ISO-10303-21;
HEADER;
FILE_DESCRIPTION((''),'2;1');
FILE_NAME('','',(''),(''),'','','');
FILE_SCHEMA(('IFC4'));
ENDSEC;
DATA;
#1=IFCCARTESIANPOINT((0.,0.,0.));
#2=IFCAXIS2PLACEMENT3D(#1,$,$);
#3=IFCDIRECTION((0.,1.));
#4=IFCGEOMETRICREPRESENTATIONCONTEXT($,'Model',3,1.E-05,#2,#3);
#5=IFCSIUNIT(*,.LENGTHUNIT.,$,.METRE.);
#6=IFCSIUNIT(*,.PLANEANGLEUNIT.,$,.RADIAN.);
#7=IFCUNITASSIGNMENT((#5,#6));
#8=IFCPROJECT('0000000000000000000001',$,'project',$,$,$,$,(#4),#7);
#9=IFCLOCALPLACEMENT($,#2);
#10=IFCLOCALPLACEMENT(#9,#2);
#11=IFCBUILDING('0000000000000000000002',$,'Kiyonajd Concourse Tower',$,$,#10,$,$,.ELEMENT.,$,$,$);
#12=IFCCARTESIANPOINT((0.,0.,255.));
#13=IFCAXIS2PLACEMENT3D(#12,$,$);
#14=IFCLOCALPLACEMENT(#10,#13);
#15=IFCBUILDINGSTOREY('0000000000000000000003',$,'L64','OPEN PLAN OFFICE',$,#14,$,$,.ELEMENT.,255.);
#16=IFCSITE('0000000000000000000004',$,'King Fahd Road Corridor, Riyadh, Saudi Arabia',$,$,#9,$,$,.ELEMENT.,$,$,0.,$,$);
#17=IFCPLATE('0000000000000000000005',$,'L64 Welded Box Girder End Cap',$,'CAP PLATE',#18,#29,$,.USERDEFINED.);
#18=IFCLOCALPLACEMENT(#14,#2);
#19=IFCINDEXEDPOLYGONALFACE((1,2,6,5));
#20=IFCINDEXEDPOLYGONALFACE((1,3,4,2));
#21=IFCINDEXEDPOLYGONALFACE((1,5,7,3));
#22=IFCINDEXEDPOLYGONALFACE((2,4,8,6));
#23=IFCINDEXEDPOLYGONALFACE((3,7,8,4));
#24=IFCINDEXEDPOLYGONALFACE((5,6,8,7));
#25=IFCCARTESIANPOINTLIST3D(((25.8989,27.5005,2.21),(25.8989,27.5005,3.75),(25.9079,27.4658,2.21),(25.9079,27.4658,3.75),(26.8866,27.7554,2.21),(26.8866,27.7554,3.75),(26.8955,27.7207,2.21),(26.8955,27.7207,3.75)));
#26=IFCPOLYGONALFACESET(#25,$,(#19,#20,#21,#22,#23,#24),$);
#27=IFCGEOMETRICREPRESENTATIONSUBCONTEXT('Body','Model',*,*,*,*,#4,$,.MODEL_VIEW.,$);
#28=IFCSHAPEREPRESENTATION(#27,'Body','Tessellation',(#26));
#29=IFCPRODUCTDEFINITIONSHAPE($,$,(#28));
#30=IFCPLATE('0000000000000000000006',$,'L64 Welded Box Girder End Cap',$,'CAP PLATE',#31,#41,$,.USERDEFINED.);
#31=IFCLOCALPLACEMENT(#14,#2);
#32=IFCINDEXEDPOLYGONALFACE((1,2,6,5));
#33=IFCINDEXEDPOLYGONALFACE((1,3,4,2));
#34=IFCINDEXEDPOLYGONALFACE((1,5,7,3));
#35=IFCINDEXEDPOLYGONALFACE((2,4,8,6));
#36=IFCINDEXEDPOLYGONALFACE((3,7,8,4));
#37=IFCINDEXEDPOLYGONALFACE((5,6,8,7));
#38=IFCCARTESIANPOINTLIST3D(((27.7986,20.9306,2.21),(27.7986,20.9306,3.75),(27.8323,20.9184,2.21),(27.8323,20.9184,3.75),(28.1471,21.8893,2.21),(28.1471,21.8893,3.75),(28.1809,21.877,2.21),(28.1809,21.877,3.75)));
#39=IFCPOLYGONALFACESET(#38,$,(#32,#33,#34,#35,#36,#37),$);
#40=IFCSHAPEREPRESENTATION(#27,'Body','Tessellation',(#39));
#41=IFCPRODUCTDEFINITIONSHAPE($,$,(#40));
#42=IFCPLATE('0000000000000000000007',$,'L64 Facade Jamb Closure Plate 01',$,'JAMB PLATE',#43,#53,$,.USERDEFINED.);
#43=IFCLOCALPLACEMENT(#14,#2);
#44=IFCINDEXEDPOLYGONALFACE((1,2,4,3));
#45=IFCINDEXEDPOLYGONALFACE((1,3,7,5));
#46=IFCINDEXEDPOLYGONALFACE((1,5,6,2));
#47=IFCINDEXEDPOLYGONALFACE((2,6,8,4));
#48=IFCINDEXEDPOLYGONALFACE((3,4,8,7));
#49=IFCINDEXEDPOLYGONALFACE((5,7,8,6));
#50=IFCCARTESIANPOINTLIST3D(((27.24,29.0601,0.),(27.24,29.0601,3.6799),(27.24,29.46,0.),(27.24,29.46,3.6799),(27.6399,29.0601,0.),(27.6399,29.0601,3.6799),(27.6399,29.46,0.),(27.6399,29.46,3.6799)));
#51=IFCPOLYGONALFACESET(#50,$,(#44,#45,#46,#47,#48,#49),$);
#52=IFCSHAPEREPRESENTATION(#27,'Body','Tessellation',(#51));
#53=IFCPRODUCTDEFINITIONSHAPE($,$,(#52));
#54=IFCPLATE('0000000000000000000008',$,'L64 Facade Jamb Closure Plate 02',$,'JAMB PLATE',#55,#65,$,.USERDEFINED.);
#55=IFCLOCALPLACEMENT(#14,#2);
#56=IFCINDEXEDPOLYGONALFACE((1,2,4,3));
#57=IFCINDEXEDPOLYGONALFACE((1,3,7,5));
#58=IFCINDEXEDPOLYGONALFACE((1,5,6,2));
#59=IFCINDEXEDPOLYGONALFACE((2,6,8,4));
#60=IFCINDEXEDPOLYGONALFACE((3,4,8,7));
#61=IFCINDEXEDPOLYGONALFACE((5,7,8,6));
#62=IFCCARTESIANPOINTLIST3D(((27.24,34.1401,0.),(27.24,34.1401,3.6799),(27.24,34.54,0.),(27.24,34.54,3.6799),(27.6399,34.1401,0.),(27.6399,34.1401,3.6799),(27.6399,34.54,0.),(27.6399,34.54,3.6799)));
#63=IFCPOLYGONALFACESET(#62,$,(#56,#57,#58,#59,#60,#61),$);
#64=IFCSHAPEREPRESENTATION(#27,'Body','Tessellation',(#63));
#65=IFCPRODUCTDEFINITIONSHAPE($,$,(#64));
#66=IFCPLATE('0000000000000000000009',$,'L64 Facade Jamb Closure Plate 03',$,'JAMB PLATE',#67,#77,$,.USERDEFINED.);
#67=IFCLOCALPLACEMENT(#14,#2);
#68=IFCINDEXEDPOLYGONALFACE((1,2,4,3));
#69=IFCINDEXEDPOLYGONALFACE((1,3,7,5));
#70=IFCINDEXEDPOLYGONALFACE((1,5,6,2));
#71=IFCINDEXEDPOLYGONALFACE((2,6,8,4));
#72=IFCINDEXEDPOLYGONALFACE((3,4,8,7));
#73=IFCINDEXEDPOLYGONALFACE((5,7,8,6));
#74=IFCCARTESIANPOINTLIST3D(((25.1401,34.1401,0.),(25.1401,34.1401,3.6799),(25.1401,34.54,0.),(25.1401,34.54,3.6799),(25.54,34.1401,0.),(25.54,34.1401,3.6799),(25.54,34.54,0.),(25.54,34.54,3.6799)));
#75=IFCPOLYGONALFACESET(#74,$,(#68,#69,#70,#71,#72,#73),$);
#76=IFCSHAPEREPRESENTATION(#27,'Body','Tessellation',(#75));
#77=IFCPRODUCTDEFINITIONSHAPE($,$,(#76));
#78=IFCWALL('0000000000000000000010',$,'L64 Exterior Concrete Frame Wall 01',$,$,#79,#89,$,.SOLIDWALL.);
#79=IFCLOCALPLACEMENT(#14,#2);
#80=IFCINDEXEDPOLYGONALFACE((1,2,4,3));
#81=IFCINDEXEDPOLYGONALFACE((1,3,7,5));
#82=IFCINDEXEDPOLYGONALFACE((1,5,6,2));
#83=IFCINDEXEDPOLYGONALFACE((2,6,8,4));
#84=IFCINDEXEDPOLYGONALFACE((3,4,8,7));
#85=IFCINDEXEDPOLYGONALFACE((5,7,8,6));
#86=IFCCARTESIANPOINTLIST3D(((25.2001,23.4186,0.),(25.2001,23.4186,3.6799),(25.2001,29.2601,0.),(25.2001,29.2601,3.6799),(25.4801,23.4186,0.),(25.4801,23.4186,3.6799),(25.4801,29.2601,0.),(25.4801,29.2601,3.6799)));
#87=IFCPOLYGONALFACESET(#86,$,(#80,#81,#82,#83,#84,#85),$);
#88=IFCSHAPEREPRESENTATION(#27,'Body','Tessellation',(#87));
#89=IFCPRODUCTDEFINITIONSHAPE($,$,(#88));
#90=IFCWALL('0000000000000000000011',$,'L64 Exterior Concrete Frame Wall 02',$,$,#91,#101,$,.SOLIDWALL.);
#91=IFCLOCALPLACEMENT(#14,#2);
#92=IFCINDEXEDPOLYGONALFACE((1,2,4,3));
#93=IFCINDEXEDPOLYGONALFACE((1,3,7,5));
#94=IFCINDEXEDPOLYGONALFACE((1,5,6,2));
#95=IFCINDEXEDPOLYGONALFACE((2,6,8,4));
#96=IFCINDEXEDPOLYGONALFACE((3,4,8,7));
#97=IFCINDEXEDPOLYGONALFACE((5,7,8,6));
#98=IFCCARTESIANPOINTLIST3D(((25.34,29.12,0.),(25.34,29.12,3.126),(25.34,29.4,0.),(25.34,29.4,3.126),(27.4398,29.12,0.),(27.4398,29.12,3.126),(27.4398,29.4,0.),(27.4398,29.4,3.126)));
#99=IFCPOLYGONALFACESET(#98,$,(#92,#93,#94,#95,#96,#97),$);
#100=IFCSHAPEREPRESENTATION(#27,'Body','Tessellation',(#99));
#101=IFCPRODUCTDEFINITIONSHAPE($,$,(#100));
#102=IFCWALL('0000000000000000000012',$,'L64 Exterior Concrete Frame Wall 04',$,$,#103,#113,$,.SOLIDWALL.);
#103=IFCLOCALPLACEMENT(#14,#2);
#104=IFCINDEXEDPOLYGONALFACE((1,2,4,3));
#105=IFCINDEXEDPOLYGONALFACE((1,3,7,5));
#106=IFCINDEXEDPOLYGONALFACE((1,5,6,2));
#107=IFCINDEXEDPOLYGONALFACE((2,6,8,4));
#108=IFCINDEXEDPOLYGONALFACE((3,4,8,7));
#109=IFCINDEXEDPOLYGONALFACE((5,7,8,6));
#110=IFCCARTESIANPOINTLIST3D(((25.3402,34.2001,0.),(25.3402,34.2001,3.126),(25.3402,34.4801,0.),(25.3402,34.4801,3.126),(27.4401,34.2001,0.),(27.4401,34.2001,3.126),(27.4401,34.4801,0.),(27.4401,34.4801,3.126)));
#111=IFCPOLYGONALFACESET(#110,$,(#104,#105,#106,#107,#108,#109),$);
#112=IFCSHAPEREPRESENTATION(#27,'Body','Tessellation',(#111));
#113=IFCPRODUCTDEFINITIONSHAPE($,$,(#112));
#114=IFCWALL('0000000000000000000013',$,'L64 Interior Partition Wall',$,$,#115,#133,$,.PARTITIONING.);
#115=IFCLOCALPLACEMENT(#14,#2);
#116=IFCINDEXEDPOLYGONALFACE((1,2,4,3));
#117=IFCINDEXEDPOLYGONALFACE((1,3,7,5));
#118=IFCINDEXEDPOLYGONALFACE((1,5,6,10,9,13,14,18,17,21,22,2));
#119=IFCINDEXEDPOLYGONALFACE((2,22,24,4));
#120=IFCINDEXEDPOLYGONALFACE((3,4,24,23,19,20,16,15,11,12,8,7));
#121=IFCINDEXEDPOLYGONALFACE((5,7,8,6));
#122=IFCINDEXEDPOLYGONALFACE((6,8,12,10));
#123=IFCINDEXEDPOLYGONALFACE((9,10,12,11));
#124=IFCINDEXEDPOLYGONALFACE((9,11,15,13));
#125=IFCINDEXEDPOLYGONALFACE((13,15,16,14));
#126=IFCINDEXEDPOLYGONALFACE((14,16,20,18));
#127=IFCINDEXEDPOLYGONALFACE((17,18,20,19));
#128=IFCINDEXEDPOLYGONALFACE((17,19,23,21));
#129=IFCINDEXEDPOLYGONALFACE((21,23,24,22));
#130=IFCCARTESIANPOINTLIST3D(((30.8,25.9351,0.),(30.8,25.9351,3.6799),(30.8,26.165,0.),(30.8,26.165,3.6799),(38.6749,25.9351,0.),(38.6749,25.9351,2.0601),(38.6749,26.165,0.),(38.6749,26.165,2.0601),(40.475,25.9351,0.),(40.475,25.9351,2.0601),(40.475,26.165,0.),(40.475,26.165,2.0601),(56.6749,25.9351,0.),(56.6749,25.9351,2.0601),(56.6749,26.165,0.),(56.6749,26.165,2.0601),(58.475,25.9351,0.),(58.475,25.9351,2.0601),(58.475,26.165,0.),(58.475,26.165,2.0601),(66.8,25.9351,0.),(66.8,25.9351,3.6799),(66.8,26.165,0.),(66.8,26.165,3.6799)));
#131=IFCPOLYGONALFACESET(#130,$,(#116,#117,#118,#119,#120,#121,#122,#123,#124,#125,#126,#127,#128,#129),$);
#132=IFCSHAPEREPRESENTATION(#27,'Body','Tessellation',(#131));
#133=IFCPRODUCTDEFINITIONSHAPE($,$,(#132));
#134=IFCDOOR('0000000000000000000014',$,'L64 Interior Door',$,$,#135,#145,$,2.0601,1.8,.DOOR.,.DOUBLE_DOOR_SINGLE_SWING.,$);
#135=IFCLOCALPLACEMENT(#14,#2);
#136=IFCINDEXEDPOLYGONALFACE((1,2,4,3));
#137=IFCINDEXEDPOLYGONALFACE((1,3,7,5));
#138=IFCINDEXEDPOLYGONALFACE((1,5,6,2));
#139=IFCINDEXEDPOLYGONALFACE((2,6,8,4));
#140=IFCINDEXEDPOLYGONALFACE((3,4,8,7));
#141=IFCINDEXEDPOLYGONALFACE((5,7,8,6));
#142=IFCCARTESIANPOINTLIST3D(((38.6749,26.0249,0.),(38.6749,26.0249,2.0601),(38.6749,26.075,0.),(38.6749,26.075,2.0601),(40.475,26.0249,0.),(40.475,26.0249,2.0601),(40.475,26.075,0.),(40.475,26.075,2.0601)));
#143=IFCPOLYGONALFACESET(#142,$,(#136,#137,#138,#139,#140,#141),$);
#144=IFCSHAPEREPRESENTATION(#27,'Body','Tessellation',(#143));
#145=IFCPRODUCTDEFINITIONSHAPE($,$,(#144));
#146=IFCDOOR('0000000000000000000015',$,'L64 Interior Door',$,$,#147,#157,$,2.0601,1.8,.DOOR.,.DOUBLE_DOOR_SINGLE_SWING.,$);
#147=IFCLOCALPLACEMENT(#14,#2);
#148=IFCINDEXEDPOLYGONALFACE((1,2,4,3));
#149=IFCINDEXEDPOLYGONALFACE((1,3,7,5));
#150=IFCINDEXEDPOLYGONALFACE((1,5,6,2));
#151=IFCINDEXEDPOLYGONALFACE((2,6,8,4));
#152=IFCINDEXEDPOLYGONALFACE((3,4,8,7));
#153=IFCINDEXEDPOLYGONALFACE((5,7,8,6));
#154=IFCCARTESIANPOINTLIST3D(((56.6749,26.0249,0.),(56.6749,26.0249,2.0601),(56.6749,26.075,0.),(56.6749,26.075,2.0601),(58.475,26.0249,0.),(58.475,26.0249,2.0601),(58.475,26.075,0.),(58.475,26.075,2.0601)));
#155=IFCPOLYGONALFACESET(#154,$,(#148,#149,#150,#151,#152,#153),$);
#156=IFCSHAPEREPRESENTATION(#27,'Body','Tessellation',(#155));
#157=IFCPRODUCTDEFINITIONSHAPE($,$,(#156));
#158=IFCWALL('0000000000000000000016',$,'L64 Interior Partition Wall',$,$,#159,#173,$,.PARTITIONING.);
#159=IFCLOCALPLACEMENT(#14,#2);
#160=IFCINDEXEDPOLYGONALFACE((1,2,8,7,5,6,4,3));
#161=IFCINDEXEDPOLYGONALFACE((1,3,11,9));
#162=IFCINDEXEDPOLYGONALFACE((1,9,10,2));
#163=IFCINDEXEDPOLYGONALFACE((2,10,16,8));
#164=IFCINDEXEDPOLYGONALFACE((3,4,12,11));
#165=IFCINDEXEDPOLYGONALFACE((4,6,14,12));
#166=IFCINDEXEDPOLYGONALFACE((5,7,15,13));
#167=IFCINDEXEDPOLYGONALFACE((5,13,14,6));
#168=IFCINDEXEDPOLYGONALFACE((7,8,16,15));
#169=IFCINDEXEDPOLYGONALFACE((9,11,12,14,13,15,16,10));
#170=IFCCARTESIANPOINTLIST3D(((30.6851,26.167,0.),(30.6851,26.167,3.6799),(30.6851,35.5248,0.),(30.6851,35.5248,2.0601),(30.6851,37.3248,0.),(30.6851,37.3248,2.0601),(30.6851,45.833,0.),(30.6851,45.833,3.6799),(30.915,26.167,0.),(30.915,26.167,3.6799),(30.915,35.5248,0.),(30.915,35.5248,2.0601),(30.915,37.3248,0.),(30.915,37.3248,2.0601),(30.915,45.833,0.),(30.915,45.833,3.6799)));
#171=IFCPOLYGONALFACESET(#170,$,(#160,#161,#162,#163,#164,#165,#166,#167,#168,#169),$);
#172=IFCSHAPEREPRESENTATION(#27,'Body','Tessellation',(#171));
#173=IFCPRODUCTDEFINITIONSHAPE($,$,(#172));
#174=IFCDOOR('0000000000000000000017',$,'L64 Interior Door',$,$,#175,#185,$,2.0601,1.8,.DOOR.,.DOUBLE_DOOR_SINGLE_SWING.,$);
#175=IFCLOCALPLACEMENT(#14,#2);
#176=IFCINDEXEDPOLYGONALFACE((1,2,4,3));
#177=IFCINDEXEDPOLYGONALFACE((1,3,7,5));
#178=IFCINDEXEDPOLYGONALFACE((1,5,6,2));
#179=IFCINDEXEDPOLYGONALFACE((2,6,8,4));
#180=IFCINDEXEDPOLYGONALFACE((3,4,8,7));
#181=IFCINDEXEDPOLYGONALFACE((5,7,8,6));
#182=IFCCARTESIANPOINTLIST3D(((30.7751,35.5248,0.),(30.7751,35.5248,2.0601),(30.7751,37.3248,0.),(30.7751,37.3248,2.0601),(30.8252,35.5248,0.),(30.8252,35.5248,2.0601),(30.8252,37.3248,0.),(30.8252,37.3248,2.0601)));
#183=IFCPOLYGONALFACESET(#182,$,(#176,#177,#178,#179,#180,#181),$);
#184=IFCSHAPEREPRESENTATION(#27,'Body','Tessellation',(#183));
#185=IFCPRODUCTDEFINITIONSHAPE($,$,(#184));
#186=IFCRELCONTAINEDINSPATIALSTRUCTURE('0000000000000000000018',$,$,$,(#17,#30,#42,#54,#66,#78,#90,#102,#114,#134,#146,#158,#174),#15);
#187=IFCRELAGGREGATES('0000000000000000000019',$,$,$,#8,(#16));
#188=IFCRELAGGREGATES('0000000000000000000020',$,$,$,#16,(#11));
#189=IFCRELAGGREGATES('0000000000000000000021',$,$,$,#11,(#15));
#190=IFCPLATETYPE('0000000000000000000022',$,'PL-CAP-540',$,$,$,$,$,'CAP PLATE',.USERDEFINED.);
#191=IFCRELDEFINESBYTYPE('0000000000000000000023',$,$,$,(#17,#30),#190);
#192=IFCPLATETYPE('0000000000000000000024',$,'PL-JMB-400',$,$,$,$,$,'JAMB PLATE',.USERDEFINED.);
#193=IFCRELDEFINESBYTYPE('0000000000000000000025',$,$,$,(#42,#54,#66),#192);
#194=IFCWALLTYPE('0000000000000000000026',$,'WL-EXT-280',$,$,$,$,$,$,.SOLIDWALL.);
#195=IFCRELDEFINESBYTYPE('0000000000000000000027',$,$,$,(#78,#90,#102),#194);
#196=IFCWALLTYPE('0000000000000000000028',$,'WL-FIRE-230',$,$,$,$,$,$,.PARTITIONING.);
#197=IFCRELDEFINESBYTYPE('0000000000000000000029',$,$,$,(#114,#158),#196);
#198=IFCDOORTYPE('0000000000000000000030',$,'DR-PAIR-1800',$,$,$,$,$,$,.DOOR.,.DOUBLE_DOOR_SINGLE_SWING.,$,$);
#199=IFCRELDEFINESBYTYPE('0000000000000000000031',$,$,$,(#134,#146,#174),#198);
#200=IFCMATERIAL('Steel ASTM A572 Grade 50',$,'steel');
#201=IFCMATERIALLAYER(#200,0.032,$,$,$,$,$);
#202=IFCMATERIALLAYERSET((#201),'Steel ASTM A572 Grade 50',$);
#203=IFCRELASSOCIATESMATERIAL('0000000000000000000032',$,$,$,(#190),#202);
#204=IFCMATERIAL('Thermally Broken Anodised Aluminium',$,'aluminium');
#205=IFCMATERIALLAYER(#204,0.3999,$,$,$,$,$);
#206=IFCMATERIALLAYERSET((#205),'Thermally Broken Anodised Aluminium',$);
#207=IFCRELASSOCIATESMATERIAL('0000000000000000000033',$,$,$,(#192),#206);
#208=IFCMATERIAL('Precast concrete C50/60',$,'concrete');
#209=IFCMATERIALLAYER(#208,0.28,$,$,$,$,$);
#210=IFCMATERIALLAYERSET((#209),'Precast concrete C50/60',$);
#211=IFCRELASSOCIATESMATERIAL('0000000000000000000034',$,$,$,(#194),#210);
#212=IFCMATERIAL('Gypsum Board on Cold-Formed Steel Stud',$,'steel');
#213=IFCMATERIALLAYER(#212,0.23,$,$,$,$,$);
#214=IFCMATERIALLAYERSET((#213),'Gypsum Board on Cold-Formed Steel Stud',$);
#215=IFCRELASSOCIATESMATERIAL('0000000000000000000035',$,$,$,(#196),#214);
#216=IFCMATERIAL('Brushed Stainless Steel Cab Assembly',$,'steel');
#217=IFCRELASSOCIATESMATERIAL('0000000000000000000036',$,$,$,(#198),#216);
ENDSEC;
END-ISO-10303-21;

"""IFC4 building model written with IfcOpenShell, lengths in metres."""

from ifc_helpers import new_model, si_unit, direction, frame, frame_2d, origin, origin_2d, place, context, subcontext, project, spatial, rectangle, extrude, material, layer, layer_set, type_object, element, fill, save


model = new_model("IFC4")

# Units and contexts
model_context = context("Model", 3, precision=1e-05, world=origin(), true_north=direction((0.0, 1.0)))
body_context = subcontext(model_context, "Body", "Model", "MODEL_VIEW")
ifc_project = project(units=[si_unit("LENGTHUNIT", "METRE"), si_unit("PLANEANGLEUNIT", "RADIAN")], contexts=[model_context])

# Site, building, storey
site_placement = place(None, origin())
site = spatial("IfcSite", under=ifc_project, at=site_placement, Name="King Fahd Road Corridor, Riyadh, Saudi Arabia", CompositionType="ELEMENT", RefElevation=0.0)
building_placement = place(site_placement, origin())
building = spatial("IfcBuilding", under=site, at=building_placement, Name="Kiyonajd Concourse Tower", CompositionType="ELEMENT")
storey_placement = place(building_placement, frame((0.0, 0.0, 255.0)))
storey = spatial("IfcBuildingStorey", under=building, at=storey_placement, Name="L64", Description="OPEN PLAN OFFICE", CompositionType="ELEMENT", Elevation=255.0)

# Shared definitions
ifc_material_1 = material(Name="Steel ASTM A572 Grade 50", Category="steel")

# Shared definitions
ifc_material_2 = material(Name="Thermally Broken Anodised Aluminium", Category="aluminium")

# Plates
ifc_layer_1 = layer(ifc_material_1, 0.032)
ifc_layer_set_1 = layer_set([ifc_layer_1], Name="Steel ASTM A572 Grade 50")
plate_type_1 = type_object("IfcPlateType", Name="PL-CAP-540", ElementType="CAP PLATE", PredefinedType="USERDEFINED", material=ifc_layer_set_1)
for number, where, z_axis, x_axis, name in (
    (1, (26.3972, 27.6106, 2.21), (0.0, 0.0, 1.0), (-0.249873, 0.968279, 0.0), "L64 Welded Box Girder End Cap"),
    (2, (27.9897, 21.4038, 2.21), (0.0, 0.0, 1.0), (-0.939812, 0.341692, 0.0), "L64 Welded Box Girder End Cap"),
):
    element("IfcPlate", number, at=place(storey_placement, frame(where, z_axis=z_axis, x_axis=x_axis)), inside=storey, type_object=plate_type_1, Name=name, ObjectType="CAP PLATE", PredefinedType="USERDEFINED", context=body_context, shape_type="SweptSolid", body=[
        extrude(rectangle(XDim=0.0359, YDim=1.02, at=origin_2d()), origin(), (0.0, 0.0, 1.0), 1.54),
    ])
ifc_layer_2 = layer(ifc_material_2, 0.3999)
ifc_layer_set_2 = layer_set([ifc_layer_2], Name="Thermally Broken Anodised Aluminium")
plate_type_2 = type_object("IfcPlateType", Name="PL-JMB-400", ElementType="JAMB PLATE", PredefinedType="USERDEFINED", material=ifc_layer_set_2)
for number, where, z_axis, x_axis, name in (
    (3, (27.4399, 29.26, 0.0), (0.0, 0.0, 1.0), (1.0, 0.0, 0.0), "L64 Facade Jamb Closure Plate 01"),
    (4, (27.4399, 34.3401, 0.0), (0.0, 0.0, 1.0), (1.0, 0.0, 0.0), "L64 Facade Jamb Closure Plate 02"),
    (5, (25.3401, 34.3401, 0.0), (0.0, 0.0, 1.0), (1.0, 0.0, 0.0), "L64 Facade Jamb Closure Plate 03"),
):
    element("IfcPlate", number, at=place(storey_placement, frame(where, z_axis=z_axis, x_axis=x_axis)), inside=storey, type_object=plate_type_2, Name=name, ObjectType="JAMB PLATE", PredefinedType="USERDEFINED", context=body_context, shape_type="SweptSolid", body=[
        extrude(rectangle(XDim=0.3999, YDim=0.3999, at=origin_2d()), origin(), (0.0, 0.0, 1.0), 3.6799),
    ])

# Walls
ifc_material_3 = material(Name="Precast concrete C50/60", Category="concrete")
ifc_layer_3 = layer(ifc_material_3, 0.28)
ifc_layer_set_3 = layer_set([ifc_layer_3], Name="Precast concrete C50/60")
wall_type_1 = type_object("IfcWallType", Name="WL-EXT-280", PredefinedType="SOLIDWALL", material=ifc_layer_set_3)
wall_1_placement = place(storey_placement, frame((25.3401, 23.4185, 0.0), z_axis=(0.0, 0.0, 1.0), x_axis=(0.0, 1.0, 0.0)))
element("IfcWall", 6, at=wall_1_placement, inside=storey, type_object=wall_type_1, Name="L64 Exterior Concrete Frame Wall 01", PredefinedType="SOLIDWALL", context=body_context, shape_type="SweptSolid", body=[
    extrude(rectangle(XDim=5.8416, YDim=0.28, at=frame_2d((2.9209, 0.0))), origin(), (0.0, 0.0, 1.0), 3.6799),
])
for number, where, z_axis, x_axis, name in (
    (7, (25.3401, 29.26, 0.0), (0.0, 0.0, 1.0), (1.0, 0.0, 0.0), "L64 Exterior Concrete Frame Wall 02"),
    (8, (27.4399, 34.3401, 0.0), (0.0, 0.0, 1.0), (-1.0, 0.0, 0.0), "L64 Exterior Concrete Frame Wall 04"),
):
    element("IfcWall", number, at=place(storey_placement, frame(where, z_axis=z_axis, x_axis=x_axis)), inside=storey, type_object=wall_type_1, Name=name, PredefinedType="SOLIDWALL", context=body_context, shape_type="SweptSolid", body=[
        extrude(rectangle(XDim=2.0999, YDim=0.28, at=frame_2d((1.0498, 0.0))), origin(), (0.0, 0.0, 1.0), 3.126),
    ])

# Wall, openings, doors
ifc_material_4 = material(Name="Gypsum Board on Cold-Formed Steel Stud", Category="steel")
ifc_layer_4 = layer(ifc_material_4, 0.23)
ifc_layer_set_4 = layer_set([ifc_layer_4], Name="Gypsum Board on Cold-Formed Steel Stud")
wall_type_2 = type_object("IfcWallType", Name="WL-FIRE-230", PredefinedType="PARTITIONING", material=ifc_layer_set_4)
wall_2_placement = place(storey_placement, frame((30.8, 26.05, 0.0), z_axis=(0.0, 0.0, 1.0), x_axis=(1.0, 0.0, 0.0)))
wall_2 = element("IfcWall", 9, at=wall_2_placement, inside=storey, type_object=wall_type_2, Name="L64 Interior Partition Wall", PredefinedType="PARTITIONING", context=body_context, shape_type="SweptSolid", body=[
    extrude(rectangle(XDim=36.0, YDim=0.23, at=frame_2d((18.0, 0.0))), origin(), (0.0, 0.0, 1.0), 3.6799),
])
opening_1_placement = place(wall_2_placement, frame((7.875, 0.0, 0.0)))
opening_1 = element("IfcOpeningElement", 10, at=opening_1_placement, cuts=wall_2, PredefinedType="OPENING", context=body_context, shape_type="SweptSolid", body=[
    extrude(rectangle(XDim=1.8, YDim=2.0601, at=frame_2d((0.8999, 1.03))), frame((0.0, 0.125, 0.0), z_axis=(0.0, -1.0, 0.0), x_axis=(1.0, 0.0, 0.0)), (0.0, 0.0, 1.0), 0.25),
])
opening_2_placement = place(wall_2_placement, frame((25.875, 0.0, 0.0)))
opening_2 = element("IfcOpeningElement", 11, at=opening_2_placement, cuts=wall_2, PredefinedType="OPENING", context=body_context, shape_type="SweptSolid", body=[
    extrude(rectangle(XDim=1.8, YDim=2.0601, at=frame_2d((0.8999, 1.03))), frame((0.0, 0.125, 0.0), z_axis=(0.0, -1.0, 0.0), x_axis=(1.0, 0.0, 0.0)), (0.0, 0.0, 1.0), 0.25),
])
ifc_material_5 = material(Name="Brushed Stainless Steel Cab Assembly", Category="steel")
door_type_1 = type_object("IfcDoorType", Name="DR-PAIR-1800", OperationType="DOUBLE_DOOR_SINGLE_SWING", PredefinedType="DOOR", material=ifc_material_5)
door_1_placement = place(opening_1_placement, origin())
door_1 = element("IfcDoor", 12, at=door_1_placement, inside=storey, type_object=door_type_1, Name="L64 Interior Door", OperationType="DOUBLE_DOOR_SINGLE_SWING", OverallHeight=2.0601, OverallWidth=1.8, PredefinedType="DOOR", context=body_context, shape_type="SweptSolid", body=[
    extrude(rectangle(XDim=1.8, YDim=2.0601, at=frame_2d((0.8999, 1.03))), frame((0.0, 0.0249, 0.0), z_axis=(0.0, -1.0, 0.0), x_axis=(1.0, 0.0, 0.0)), (0.0, 0.0, 1.0), 0.05),
])
fill(opening_1, door_1)
door_2_placement = place(opening_2_placement, origin())
door_2 = element("IfcDoor", 13, at=door_2_placement, inside=storey, type_object=door_type_1, Name="L64 Interior Door", OperationType="DOUBLE_DOOR_SINGLE_SWING", OverallHeight=2.0601, OverallWidth=1.8, PredefinedType="DOOR", context=body_context, shape_type="SweptSolid", body=[
    extrude(rectangle(XDim=1.8, YDim=2.0601, at=frame_2d((0.8999, 1.03))), frame((0.0, 0.0249, 0.0), z_axis=(0.0, -1.0, 0.0), x_axis=(1.0, 0.0, 0.0)), (0.0, 0.0, 1.0), 0.05),
])
fill(opening_2, door_2)

# Wall, opening, door
wall_3_placement = place(storey_placement, frame((30.8, 26.167, 0.0), z_axis=(0.0, 0.0, 1.0), x_axis=(0.0, 1.0, 0.0)))
wall_3 = element("IfcWall", 14, at=wall_3_placement, inside=storey, type_object=wall_type_2, Name="L64 Interior Partition Wall", PredefinedType="PARTITIONING", context=body_context, shape_type="SweptSolid", body=[
    extrude(rectangle(XDim=19.666, YDim=0.23, at=frame_2d((9.833, 0.0))), origin(), (0.0, 0.0, 1.0), 3.6799),
])
opening_3_placement = place(wall_3_placement, frame((9.3579, 0.0, 0.0)))
opening_3 = element("IfcOpeningElement", 15, at=opening_3_placement, cuts=wall_3, PredefinedType="OPENING", context=body_context, shape_type="SweptSolid", body=[
    extrude(rectangle(XDim=1.8, YDim=2.0601, at=frame_2d((0.8999, 1.03))), frame((0.0, 0.125, 0.0), z_axis=(0.0, -1.0, 0.0), x_axis=(1.0, 0.0, 0.0)), (0.0, 0.0, 1.0), 0.25),
])
door_3_placement = place(opening_3_placement, origin())
door_3 = element("IfcDoor", 16, at=door_3_placement, inside=storey, type_object=door_type_1, Name="L64 Interior Door", OperationType="DOUBLE_DOOR_SINGLE_SWING", OverallHeight=2.0601, OverallWidth=1.8, PredefinedType="DOOR", context=body_context, shape_type="SweptSolid", body=[
    extrude(rectangle(XDim=1.8, YDim=2.0601, at=frame_2d((0.8999, 1.03))), frame((0.0, 0.0249, 0.0), z_axis=(0.0, -1.0, 0.0), x_axis=(1.0, 0.0, 0.0)), (0.0, 0.0, 1.0), 0.05),
])
fill(opening_3, door_3)

save(model, "model.ifc")
